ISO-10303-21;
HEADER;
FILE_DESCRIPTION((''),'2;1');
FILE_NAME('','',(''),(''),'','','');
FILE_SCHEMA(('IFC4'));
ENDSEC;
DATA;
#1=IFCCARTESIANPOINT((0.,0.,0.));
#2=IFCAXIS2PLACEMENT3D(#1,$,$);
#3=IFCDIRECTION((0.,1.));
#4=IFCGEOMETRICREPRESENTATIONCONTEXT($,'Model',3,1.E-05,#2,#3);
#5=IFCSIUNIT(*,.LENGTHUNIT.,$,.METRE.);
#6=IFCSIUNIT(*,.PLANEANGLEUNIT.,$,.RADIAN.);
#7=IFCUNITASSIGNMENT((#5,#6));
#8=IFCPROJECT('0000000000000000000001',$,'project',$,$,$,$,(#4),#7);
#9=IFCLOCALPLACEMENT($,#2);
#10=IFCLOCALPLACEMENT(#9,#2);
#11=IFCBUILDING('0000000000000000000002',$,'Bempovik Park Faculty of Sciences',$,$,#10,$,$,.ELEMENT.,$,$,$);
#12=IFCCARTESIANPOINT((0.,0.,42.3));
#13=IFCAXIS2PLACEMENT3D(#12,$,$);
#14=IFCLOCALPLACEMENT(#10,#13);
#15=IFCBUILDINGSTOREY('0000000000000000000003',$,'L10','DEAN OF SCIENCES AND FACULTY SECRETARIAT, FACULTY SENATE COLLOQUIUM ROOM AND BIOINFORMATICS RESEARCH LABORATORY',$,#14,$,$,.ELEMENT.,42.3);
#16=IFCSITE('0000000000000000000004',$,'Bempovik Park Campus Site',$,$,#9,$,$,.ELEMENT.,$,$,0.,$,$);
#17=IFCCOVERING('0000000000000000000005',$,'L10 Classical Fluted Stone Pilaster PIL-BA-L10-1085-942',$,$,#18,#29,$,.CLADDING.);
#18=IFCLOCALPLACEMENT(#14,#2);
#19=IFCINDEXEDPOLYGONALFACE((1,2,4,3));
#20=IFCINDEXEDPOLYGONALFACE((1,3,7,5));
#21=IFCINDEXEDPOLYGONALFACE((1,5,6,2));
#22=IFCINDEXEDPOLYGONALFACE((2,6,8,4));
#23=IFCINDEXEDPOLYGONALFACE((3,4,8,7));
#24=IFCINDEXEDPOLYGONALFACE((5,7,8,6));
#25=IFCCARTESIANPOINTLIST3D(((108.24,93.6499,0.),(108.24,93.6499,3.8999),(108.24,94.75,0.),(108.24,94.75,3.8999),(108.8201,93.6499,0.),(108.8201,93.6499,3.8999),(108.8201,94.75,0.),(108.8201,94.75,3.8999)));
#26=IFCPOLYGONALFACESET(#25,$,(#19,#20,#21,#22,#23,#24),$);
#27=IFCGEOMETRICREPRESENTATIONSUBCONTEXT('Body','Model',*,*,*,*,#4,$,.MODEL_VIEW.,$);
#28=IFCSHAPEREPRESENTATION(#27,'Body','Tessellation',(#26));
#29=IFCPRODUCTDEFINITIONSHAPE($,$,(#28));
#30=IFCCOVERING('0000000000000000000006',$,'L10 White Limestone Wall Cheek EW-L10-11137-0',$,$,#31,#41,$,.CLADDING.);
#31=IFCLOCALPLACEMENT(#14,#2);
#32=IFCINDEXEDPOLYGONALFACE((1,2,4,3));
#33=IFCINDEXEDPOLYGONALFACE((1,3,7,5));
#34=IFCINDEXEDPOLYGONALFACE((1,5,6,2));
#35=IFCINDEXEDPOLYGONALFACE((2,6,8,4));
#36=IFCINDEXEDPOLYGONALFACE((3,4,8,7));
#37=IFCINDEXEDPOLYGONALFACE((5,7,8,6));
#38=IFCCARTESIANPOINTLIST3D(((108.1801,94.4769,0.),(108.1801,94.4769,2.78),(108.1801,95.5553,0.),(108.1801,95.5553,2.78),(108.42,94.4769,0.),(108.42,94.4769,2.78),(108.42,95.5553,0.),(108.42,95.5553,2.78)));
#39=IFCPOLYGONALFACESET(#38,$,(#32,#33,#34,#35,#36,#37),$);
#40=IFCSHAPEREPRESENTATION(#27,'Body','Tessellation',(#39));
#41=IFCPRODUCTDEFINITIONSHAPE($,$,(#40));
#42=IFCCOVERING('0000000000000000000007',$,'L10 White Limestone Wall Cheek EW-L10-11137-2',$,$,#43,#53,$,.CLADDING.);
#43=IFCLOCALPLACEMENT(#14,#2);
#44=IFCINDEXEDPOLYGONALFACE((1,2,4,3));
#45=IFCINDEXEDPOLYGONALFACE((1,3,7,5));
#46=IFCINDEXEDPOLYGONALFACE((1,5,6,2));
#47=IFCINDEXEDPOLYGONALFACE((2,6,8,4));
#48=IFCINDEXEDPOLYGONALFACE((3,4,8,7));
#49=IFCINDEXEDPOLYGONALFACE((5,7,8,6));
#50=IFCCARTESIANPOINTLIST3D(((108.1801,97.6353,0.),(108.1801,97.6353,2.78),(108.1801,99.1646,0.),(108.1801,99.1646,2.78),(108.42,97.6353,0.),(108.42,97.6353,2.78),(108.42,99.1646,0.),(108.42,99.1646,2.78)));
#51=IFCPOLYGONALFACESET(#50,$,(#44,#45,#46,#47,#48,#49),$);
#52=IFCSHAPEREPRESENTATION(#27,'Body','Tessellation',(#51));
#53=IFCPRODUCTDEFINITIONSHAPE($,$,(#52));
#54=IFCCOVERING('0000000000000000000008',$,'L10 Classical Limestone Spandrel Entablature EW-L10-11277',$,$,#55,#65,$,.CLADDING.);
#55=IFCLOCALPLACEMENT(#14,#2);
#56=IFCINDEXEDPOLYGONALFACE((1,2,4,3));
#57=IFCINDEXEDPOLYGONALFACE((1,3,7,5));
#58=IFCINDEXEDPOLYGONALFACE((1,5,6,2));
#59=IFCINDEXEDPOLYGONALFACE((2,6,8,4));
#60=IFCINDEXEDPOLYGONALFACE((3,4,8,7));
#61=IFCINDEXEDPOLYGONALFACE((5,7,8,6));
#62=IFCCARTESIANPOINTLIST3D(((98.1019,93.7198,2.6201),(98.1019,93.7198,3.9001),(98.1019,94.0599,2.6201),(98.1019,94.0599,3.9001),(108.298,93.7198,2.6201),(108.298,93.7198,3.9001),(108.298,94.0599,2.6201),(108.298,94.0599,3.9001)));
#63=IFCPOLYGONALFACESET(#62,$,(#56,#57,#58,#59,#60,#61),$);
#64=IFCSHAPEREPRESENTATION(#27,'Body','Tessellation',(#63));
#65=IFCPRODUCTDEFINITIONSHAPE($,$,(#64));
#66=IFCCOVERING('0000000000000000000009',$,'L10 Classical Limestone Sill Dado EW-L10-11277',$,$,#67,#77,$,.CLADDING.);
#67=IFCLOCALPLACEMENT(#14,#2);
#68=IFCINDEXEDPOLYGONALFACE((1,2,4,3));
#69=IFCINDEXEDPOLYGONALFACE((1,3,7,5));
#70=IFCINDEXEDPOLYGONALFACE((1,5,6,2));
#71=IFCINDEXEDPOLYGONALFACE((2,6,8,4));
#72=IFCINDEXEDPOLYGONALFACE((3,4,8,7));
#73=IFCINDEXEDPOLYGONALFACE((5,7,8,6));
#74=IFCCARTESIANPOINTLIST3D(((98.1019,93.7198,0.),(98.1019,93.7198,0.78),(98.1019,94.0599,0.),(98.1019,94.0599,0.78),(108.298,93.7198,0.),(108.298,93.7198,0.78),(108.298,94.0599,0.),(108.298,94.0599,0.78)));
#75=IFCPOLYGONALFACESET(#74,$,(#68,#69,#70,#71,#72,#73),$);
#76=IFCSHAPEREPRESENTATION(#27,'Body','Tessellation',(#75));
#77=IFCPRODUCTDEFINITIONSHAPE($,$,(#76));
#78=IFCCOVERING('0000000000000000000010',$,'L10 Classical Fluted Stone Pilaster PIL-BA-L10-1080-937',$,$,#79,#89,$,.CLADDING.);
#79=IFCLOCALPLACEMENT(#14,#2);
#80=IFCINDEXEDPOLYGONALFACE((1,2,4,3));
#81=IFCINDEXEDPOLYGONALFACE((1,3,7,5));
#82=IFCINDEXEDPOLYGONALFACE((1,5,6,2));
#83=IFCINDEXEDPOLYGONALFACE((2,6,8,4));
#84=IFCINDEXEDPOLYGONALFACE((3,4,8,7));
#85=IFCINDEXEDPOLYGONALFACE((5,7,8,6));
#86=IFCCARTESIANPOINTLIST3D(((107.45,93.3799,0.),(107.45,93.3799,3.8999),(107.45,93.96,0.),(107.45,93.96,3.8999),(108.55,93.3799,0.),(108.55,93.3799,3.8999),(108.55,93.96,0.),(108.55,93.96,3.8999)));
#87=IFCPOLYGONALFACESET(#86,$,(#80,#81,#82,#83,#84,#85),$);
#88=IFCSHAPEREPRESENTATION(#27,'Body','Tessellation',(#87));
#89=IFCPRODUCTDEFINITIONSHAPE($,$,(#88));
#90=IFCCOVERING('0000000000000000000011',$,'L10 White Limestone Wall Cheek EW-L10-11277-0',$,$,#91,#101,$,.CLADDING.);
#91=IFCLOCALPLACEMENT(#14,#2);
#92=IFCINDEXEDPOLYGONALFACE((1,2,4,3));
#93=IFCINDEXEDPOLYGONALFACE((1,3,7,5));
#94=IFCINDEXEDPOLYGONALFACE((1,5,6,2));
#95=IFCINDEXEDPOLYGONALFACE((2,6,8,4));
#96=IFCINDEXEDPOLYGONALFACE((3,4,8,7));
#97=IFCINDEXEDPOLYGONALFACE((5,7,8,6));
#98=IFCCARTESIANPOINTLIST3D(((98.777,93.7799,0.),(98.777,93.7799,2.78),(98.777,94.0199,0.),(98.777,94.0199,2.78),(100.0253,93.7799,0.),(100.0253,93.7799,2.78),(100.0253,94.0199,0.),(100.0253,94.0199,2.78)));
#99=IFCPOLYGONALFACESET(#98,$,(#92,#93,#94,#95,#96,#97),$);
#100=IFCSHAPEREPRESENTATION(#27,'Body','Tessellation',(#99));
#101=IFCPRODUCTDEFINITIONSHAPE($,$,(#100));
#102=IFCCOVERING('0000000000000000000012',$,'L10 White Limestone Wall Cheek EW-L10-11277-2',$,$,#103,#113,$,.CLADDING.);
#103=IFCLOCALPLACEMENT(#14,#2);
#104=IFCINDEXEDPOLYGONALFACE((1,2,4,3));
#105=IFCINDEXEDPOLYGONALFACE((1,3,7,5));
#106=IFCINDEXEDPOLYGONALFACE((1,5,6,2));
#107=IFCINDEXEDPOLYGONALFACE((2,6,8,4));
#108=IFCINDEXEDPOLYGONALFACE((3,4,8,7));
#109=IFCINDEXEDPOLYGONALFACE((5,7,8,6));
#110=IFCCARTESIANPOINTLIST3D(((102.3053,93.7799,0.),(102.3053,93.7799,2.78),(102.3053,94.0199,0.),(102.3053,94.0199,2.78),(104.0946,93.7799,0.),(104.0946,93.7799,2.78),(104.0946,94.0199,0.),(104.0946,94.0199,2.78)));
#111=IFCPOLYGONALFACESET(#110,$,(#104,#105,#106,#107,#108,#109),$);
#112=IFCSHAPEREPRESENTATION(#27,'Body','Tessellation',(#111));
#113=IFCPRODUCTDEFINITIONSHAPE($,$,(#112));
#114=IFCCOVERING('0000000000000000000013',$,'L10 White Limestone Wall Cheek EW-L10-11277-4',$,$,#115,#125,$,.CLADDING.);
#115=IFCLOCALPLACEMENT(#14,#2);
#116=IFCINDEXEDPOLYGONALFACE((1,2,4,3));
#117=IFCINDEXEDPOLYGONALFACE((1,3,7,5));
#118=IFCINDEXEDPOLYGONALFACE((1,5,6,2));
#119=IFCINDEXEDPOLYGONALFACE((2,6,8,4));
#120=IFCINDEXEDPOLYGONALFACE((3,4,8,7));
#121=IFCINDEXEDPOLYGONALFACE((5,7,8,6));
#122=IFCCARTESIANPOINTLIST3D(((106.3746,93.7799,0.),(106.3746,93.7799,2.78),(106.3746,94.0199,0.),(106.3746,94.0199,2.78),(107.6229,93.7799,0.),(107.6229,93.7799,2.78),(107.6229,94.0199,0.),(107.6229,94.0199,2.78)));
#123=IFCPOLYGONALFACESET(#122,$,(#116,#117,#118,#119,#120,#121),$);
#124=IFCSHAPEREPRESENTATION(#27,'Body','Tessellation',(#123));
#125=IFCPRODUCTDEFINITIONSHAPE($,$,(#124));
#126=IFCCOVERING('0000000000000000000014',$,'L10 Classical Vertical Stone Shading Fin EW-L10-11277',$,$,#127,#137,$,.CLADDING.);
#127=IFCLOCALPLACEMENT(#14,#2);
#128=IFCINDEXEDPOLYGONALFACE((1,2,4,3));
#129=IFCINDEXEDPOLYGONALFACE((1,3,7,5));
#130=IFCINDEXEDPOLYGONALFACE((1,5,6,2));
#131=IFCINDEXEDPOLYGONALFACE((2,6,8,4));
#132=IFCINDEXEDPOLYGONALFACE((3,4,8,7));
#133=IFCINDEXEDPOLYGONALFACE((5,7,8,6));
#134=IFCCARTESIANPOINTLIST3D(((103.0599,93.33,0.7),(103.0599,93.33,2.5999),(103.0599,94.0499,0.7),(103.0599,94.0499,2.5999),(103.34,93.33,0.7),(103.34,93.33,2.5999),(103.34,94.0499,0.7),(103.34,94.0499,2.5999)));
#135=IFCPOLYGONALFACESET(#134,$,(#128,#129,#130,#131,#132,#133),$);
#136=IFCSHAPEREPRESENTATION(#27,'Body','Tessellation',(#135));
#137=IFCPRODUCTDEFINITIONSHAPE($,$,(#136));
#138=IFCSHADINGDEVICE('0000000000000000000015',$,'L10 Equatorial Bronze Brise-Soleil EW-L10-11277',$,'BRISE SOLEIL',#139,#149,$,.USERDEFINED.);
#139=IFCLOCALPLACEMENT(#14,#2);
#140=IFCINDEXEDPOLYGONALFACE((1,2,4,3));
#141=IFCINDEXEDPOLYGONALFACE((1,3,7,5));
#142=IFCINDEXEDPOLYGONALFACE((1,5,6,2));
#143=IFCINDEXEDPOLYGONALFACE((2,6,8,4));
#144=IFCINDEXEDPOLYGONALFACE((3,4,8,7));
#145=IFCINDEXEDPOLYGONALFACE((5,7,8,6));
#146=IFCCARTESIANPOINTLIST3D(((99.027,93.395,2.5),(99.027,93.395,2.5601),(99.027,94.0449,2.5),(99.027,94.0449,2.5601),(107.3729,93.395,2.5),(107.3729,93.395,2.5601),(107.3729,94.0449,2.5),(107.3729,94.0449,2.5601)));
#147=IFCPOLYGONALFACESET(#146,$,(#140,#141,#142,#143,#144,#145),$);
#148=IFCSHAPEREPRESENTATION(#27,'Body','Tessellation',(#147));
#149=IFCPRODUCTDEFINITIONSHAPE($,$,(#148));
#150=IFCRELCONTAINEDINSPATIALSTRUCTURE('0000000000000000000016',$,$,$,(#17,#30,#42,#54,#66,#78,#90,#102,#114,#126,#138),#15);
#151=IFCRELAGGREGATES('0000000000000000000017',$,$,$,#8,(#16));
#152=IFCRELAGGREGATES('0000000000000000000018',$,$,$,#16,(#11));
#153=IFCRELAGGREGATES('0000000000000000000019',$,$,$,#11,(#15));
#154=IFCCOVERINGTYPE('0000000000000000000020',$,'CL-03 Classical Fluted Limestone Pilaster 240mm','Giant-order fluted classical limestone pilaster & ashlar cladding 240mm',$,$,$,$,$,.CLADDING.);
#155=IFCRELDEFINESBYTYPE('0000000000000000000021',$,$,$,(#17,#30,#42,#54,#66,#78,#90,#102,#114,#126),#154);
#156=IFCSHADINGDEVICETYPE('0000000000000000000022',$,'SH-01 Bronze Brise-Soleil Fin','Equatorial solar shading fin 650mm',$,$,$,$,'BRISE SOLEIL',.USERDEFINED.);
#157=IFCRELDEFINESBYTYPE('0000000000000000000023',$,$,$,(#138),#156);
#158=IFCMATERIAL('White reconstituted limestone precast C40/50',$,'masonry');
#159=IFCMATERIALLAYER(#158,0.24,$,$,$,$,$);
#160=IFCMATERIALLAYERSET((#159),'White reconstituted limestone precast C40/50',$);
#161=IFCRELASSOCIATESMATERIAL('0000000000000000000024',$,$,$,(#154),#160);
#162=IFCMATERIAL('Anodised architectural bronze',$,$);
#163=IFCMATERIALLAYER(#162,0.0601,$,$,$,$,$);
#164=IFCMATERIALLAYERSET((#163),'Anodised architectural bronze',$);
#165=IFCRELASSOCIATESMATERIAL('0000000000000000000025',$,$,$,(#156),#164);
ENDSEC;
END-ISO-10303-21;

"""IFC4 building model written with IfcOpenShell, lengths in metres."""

from ifc_helpers import new_model, si_unit, direction, frame, origin, origin_2d, place, context, subcontext, project, spatial, rectangle, extrude, material, layer, layer_set, type_object, element, save


model = new_model("IFC4")

# Units and contexts
model_context = context("Model", 3, precision=1e-05, world=origin(), true_north=direction((0.0, 1.0)))
body_context = subcontext(model_context, "Body", "Model", "MODEL_VIEW")
ifc_project = project(units=[si_unit("LENGTHUNIT", "METRE"), si_unit("PLANEANGLEUNIT", "RADIAN")], contexts=[model_context])

# Site, building, storey
site_placement = place(None, origin())
site = spatial("IfcSite", under=ifc_project, at=site_placement, Name="Bempovik Park Campus Site", CompositionType="ELEMENT", RefElevation=0.0)
building_placement = place(site_placement, origin())
building = spatial("IfcBuilding", under=site, at=building_placement, Name="Bempovik Park Faculty of Sciences", CompositionType="ELEMENT")
storey_placement = place(building_placement, frame((0.0, 0.0, 42.3)))
storey = spatial("IfcBuildingStorey", under=building, at=storey_placement, Name="L10", Description="DEAN OF SCIENCES AND FACULTY SECRETARIAT, FACULTY SENATE COLLOQUIUM ROOM AND BIOINFORMATICS RESEARCH LABORATORY", CompositionType="ELEMENT", Elevation=42.3)

# Coverings
ifc_material_1 = material(Name="White reconstituted limestone precast C40/50", Category="masonry")
ifc_layer_1 = layer(ifc_material_1, 0.24)
ifc_layer_set_1 = layer_set([ifc_layer_1], Name="White reconstituted limestone precast C40/50")
covering_type_1 = type_object("IfcCoveringType", Name="CL-03 Classical Fluted Limestone Pilaster 240mm", Description="Giant-order fluted classical limestone pilaster & ashlar cladding 240mm", PredefinedType="CLADDING", material=ifc_layer_set_1)
covering_1_placement = place(storey_placement, frame((108.53, 94.2, 0.0), z_axis=(0.0, 0.0, 1.0), x_axis=(1.0, 0.0, 0.0)))
element("IfcCovering", 1, at=covering_1_placement, inside=storey, type_object=covering_type_1, Name="L10 Classical Fluted Stone Pilaster PIL-BA-L10-1085-942", PredefinedType="CLADDING", context=body_context, shape_type="SweptSolid", body=[
    extrude(rectangle(XDim=0.5801, YDim=1.1001, at=origin_2d()), origin(), (0.0, 0.0, 1.0), 3.8999),
])
covering_2_placement = place(storey_placement, frame((108.3, 95.0161, 0.0), z_axis=(0.0, 0.0, 1.0), x_axis=(1.0, 0.0, 0.0)))
element("IfcCovering", 2, at=covering_2_placement, inside=storey, type_object=covering_type_1, Name="L10 White Limestone Wall Cheek EW-L10-11137-0", PredefinedType="CLADDING", context=body_context, shape_type="SweptSolid", body=[
    extrude(rectangle(XDim=0.24, YDim=1.0784, at=origin_2d()), origin(), (0.0, 0.0, 1.0), 2.78),
])
covering_3_placement = place(storey_placement, frame((108.3, 98.3999, 0.0), z_axis=(0.0, 0.0, 1.0), x_axis=(1.0, 0.0, 0.0)))
element("IfcCovering", 3, at=covering_3_placement, inside=storey, type_object=covering_type_1, Name="L10 White Limestone Wall Cheek EW-L10-11137-2", PredefinedType="CLADDING", context=body_context, shape_type="SweptSolid", body=[
    extrude(rectangle(XDim=0.24, YDim=1.5293, at=origin_2d()), origin(), (0.0, 0.0, 1.0), 2.78),
])
covering_4_placement = place(storey_placement, frame((103.2, 93.8899, 2.6201), z_axis=(0.0, 0.0, 1.0), x_axis=(1.0, 0.0, 0.0)))
element("IfcCovering", 4, at=covering_4_placement, inside=storey, type_object=covering_type_1, Name="L10 Classical Limestone Spandrel Entablature EW-L10-11277", PredefinedType="CLADDING", context=body_context, shape_type="SweptSolid", body=[
    extrude(rectangle(XDim=10.196, YDim=0.3401, at=origin_2d()), origin(), (0.0, 0.0, 1.0), 1.28),
])
covering_5_placement = place(storey_placement, frame((103.2, 93.8899, 0.0), z_axis=(0.0, 0.0, 1.0), x_axis=(1.0, 0.0, 0.0)))
element("IfcCovering", 5, at=covering_5_placement, inside=storey, type_object=covering_type_1, Name="L10 Classical Limestone Sill Dado EW-L10-11277", PredefinedType="CLADDING", context=body_context, shape_type="SweptSolid", body=[
    extrude(rectangle(XDim=10.196, YDim=0.3401, at=origin_2d()), origin(), (0.0, 0.0, 1.0), 0.78),
])
covering_6_placement = place(storey_placement, frame((108.0, 93.6699, 0.0), z_axis=(0.0, 0.0, 1.0), x_axis=(1.0, 0.0, 0.0)))
element("IfcCovering", 6, at=covering_6_placement, inside=storey, type_object=covering_type_1, Name="L10 Classical Fluted Stone Pilaster PIL-BA-L10-1080-937", PredefinedType="CLADDING", context=body_context, shape_type="SweptSolid", body=[
    extrude(rectangle(XDim=1.1001, YDim=0.5801, at=origin_2d()), origin(), (0.0, 0.0, 1.0), 3.8999),
])
covering_7_placement = place(storey_placement, frame((99.4011, 93.8999, 0.0), z_axis=(0.0, 0.0, 1.0), x_axis=(1.0, 0.0, 0.0)))
element("IfcCovering", 7, at=covering_7_placement, inside=storey, type_object=covering_type_1, Name="L10 White Limestone Wall Cheek EW-L10-11277-0", PredefinedType="CLADDING", context=body_context, shape_type="SweptSolid", body=[
    extrude(rectangle(XDim=1.2483, YDim=0.24, at=origin_2d()), origin(), (0.0, 0.0, 1.0), 2.78),
])
covering_8_placement = place(storey_placement, frame((103.2, 93.8999, 0.0), z_axis=(0.0, 0.0, 1.0), x_axis=(1.0, 0.0, 0.0)))
element("IfcCovering", 8, at=covering_8_placement, inside=storey, type_object=covering_type_1, Name="L10 White Limestone Wall Cheek EW-L10-11277-2", PredefinedType="CLADDING", context=body_context, shape_type="SweptSolid", body=[
    extrude(rectangle(XDim=1.7893, YDim=0.24, at=origin_2d()), origin(), (0.0, 0.0, 1.0), 2.78),
])
covering_9_placement = place(storey_placement, frame((106.9988, 93.8999, 0.0), z_axis=(0.0, 0.0, 1.0), x_axis=(1.0, 0.0, 0.0)))
element("IfcCovering", 9, at=covering_9_placement, inside=storey, type_object=covering_type_1, Name="L10 White Limestone Wall Cheek EW-L10-11277-4", PredefinedType="CLADDING", context=body_context, shape_type="SweptSolid", body=[
    extrude(rectangle(XDim=1.2483, YDim=0.24, at=origin_2d()), origin(), (0.0, 0.0, 1.0), 2.78),
])
covering_10_placement = place(storey_placement, frame((103.2, 93.6899, 0.7), z_axis=(0.0, 0.0, 1.0), x_axis=(1.0, 0.0, 0.0)))
element("IfcCovering", 10, at=covering_10_placement, inside=storey, type_object=covering_type_1, Name="L10 Classical Vertical Stone Shading Fin EW-L10-11277", PredefinedType="CLADDING", context=body_context, shape_type="SweptSolid", body=[
    extrude(rectangle(XDim=0.28, YDim=0.72, at=origin_2d()), origin(), (0.0, 0.0, 1.0), 1.8999),
])

# Shading device
ifc_material_2 = material(Name="Anodised architectural bronze")
ifc_layer_2 = layer(ifc_material_2, 0.0601)
ifc_layer_set_2 = layer_set([ifc_layer_2], Name="Anodised architectural bronze")
shading_device_type = type_object("IfcShadingDeviceType", Name="SH-01 Bronze Brise-Soleil Fin", Description="Equatorial solar shading fin 650mm", ElementType="BRISE SOLEIL", PredefinedType="USERDEFINED", material=ifc_layer_set_2)
shading_device_placement = place(storey_placement, frame((103.2, 93.72, 2.5), z_axis=(0.0, 0.0, 1.0), x_axis=(1.0, 0.0, 0.0)))
element("IfcShadingDevice", 11, at=shading_device_placement, inside=storey, type_object=shading_device_type, Name="L10 Equatorial Bronze Brise-Soleil EW-L10-11277", ObjectType="BRISE SOLEIL", PredefinedType="USERDEFINED", context=body_context, shape_type="SweptSolid", body=[
    extrude(rectangle(XDim=8.3459, YDim=0.6499, at=origin_2d()), origin(), (0.0, 0.0, 1.0), 0.0601),
])

save(model, "model.ifc")
